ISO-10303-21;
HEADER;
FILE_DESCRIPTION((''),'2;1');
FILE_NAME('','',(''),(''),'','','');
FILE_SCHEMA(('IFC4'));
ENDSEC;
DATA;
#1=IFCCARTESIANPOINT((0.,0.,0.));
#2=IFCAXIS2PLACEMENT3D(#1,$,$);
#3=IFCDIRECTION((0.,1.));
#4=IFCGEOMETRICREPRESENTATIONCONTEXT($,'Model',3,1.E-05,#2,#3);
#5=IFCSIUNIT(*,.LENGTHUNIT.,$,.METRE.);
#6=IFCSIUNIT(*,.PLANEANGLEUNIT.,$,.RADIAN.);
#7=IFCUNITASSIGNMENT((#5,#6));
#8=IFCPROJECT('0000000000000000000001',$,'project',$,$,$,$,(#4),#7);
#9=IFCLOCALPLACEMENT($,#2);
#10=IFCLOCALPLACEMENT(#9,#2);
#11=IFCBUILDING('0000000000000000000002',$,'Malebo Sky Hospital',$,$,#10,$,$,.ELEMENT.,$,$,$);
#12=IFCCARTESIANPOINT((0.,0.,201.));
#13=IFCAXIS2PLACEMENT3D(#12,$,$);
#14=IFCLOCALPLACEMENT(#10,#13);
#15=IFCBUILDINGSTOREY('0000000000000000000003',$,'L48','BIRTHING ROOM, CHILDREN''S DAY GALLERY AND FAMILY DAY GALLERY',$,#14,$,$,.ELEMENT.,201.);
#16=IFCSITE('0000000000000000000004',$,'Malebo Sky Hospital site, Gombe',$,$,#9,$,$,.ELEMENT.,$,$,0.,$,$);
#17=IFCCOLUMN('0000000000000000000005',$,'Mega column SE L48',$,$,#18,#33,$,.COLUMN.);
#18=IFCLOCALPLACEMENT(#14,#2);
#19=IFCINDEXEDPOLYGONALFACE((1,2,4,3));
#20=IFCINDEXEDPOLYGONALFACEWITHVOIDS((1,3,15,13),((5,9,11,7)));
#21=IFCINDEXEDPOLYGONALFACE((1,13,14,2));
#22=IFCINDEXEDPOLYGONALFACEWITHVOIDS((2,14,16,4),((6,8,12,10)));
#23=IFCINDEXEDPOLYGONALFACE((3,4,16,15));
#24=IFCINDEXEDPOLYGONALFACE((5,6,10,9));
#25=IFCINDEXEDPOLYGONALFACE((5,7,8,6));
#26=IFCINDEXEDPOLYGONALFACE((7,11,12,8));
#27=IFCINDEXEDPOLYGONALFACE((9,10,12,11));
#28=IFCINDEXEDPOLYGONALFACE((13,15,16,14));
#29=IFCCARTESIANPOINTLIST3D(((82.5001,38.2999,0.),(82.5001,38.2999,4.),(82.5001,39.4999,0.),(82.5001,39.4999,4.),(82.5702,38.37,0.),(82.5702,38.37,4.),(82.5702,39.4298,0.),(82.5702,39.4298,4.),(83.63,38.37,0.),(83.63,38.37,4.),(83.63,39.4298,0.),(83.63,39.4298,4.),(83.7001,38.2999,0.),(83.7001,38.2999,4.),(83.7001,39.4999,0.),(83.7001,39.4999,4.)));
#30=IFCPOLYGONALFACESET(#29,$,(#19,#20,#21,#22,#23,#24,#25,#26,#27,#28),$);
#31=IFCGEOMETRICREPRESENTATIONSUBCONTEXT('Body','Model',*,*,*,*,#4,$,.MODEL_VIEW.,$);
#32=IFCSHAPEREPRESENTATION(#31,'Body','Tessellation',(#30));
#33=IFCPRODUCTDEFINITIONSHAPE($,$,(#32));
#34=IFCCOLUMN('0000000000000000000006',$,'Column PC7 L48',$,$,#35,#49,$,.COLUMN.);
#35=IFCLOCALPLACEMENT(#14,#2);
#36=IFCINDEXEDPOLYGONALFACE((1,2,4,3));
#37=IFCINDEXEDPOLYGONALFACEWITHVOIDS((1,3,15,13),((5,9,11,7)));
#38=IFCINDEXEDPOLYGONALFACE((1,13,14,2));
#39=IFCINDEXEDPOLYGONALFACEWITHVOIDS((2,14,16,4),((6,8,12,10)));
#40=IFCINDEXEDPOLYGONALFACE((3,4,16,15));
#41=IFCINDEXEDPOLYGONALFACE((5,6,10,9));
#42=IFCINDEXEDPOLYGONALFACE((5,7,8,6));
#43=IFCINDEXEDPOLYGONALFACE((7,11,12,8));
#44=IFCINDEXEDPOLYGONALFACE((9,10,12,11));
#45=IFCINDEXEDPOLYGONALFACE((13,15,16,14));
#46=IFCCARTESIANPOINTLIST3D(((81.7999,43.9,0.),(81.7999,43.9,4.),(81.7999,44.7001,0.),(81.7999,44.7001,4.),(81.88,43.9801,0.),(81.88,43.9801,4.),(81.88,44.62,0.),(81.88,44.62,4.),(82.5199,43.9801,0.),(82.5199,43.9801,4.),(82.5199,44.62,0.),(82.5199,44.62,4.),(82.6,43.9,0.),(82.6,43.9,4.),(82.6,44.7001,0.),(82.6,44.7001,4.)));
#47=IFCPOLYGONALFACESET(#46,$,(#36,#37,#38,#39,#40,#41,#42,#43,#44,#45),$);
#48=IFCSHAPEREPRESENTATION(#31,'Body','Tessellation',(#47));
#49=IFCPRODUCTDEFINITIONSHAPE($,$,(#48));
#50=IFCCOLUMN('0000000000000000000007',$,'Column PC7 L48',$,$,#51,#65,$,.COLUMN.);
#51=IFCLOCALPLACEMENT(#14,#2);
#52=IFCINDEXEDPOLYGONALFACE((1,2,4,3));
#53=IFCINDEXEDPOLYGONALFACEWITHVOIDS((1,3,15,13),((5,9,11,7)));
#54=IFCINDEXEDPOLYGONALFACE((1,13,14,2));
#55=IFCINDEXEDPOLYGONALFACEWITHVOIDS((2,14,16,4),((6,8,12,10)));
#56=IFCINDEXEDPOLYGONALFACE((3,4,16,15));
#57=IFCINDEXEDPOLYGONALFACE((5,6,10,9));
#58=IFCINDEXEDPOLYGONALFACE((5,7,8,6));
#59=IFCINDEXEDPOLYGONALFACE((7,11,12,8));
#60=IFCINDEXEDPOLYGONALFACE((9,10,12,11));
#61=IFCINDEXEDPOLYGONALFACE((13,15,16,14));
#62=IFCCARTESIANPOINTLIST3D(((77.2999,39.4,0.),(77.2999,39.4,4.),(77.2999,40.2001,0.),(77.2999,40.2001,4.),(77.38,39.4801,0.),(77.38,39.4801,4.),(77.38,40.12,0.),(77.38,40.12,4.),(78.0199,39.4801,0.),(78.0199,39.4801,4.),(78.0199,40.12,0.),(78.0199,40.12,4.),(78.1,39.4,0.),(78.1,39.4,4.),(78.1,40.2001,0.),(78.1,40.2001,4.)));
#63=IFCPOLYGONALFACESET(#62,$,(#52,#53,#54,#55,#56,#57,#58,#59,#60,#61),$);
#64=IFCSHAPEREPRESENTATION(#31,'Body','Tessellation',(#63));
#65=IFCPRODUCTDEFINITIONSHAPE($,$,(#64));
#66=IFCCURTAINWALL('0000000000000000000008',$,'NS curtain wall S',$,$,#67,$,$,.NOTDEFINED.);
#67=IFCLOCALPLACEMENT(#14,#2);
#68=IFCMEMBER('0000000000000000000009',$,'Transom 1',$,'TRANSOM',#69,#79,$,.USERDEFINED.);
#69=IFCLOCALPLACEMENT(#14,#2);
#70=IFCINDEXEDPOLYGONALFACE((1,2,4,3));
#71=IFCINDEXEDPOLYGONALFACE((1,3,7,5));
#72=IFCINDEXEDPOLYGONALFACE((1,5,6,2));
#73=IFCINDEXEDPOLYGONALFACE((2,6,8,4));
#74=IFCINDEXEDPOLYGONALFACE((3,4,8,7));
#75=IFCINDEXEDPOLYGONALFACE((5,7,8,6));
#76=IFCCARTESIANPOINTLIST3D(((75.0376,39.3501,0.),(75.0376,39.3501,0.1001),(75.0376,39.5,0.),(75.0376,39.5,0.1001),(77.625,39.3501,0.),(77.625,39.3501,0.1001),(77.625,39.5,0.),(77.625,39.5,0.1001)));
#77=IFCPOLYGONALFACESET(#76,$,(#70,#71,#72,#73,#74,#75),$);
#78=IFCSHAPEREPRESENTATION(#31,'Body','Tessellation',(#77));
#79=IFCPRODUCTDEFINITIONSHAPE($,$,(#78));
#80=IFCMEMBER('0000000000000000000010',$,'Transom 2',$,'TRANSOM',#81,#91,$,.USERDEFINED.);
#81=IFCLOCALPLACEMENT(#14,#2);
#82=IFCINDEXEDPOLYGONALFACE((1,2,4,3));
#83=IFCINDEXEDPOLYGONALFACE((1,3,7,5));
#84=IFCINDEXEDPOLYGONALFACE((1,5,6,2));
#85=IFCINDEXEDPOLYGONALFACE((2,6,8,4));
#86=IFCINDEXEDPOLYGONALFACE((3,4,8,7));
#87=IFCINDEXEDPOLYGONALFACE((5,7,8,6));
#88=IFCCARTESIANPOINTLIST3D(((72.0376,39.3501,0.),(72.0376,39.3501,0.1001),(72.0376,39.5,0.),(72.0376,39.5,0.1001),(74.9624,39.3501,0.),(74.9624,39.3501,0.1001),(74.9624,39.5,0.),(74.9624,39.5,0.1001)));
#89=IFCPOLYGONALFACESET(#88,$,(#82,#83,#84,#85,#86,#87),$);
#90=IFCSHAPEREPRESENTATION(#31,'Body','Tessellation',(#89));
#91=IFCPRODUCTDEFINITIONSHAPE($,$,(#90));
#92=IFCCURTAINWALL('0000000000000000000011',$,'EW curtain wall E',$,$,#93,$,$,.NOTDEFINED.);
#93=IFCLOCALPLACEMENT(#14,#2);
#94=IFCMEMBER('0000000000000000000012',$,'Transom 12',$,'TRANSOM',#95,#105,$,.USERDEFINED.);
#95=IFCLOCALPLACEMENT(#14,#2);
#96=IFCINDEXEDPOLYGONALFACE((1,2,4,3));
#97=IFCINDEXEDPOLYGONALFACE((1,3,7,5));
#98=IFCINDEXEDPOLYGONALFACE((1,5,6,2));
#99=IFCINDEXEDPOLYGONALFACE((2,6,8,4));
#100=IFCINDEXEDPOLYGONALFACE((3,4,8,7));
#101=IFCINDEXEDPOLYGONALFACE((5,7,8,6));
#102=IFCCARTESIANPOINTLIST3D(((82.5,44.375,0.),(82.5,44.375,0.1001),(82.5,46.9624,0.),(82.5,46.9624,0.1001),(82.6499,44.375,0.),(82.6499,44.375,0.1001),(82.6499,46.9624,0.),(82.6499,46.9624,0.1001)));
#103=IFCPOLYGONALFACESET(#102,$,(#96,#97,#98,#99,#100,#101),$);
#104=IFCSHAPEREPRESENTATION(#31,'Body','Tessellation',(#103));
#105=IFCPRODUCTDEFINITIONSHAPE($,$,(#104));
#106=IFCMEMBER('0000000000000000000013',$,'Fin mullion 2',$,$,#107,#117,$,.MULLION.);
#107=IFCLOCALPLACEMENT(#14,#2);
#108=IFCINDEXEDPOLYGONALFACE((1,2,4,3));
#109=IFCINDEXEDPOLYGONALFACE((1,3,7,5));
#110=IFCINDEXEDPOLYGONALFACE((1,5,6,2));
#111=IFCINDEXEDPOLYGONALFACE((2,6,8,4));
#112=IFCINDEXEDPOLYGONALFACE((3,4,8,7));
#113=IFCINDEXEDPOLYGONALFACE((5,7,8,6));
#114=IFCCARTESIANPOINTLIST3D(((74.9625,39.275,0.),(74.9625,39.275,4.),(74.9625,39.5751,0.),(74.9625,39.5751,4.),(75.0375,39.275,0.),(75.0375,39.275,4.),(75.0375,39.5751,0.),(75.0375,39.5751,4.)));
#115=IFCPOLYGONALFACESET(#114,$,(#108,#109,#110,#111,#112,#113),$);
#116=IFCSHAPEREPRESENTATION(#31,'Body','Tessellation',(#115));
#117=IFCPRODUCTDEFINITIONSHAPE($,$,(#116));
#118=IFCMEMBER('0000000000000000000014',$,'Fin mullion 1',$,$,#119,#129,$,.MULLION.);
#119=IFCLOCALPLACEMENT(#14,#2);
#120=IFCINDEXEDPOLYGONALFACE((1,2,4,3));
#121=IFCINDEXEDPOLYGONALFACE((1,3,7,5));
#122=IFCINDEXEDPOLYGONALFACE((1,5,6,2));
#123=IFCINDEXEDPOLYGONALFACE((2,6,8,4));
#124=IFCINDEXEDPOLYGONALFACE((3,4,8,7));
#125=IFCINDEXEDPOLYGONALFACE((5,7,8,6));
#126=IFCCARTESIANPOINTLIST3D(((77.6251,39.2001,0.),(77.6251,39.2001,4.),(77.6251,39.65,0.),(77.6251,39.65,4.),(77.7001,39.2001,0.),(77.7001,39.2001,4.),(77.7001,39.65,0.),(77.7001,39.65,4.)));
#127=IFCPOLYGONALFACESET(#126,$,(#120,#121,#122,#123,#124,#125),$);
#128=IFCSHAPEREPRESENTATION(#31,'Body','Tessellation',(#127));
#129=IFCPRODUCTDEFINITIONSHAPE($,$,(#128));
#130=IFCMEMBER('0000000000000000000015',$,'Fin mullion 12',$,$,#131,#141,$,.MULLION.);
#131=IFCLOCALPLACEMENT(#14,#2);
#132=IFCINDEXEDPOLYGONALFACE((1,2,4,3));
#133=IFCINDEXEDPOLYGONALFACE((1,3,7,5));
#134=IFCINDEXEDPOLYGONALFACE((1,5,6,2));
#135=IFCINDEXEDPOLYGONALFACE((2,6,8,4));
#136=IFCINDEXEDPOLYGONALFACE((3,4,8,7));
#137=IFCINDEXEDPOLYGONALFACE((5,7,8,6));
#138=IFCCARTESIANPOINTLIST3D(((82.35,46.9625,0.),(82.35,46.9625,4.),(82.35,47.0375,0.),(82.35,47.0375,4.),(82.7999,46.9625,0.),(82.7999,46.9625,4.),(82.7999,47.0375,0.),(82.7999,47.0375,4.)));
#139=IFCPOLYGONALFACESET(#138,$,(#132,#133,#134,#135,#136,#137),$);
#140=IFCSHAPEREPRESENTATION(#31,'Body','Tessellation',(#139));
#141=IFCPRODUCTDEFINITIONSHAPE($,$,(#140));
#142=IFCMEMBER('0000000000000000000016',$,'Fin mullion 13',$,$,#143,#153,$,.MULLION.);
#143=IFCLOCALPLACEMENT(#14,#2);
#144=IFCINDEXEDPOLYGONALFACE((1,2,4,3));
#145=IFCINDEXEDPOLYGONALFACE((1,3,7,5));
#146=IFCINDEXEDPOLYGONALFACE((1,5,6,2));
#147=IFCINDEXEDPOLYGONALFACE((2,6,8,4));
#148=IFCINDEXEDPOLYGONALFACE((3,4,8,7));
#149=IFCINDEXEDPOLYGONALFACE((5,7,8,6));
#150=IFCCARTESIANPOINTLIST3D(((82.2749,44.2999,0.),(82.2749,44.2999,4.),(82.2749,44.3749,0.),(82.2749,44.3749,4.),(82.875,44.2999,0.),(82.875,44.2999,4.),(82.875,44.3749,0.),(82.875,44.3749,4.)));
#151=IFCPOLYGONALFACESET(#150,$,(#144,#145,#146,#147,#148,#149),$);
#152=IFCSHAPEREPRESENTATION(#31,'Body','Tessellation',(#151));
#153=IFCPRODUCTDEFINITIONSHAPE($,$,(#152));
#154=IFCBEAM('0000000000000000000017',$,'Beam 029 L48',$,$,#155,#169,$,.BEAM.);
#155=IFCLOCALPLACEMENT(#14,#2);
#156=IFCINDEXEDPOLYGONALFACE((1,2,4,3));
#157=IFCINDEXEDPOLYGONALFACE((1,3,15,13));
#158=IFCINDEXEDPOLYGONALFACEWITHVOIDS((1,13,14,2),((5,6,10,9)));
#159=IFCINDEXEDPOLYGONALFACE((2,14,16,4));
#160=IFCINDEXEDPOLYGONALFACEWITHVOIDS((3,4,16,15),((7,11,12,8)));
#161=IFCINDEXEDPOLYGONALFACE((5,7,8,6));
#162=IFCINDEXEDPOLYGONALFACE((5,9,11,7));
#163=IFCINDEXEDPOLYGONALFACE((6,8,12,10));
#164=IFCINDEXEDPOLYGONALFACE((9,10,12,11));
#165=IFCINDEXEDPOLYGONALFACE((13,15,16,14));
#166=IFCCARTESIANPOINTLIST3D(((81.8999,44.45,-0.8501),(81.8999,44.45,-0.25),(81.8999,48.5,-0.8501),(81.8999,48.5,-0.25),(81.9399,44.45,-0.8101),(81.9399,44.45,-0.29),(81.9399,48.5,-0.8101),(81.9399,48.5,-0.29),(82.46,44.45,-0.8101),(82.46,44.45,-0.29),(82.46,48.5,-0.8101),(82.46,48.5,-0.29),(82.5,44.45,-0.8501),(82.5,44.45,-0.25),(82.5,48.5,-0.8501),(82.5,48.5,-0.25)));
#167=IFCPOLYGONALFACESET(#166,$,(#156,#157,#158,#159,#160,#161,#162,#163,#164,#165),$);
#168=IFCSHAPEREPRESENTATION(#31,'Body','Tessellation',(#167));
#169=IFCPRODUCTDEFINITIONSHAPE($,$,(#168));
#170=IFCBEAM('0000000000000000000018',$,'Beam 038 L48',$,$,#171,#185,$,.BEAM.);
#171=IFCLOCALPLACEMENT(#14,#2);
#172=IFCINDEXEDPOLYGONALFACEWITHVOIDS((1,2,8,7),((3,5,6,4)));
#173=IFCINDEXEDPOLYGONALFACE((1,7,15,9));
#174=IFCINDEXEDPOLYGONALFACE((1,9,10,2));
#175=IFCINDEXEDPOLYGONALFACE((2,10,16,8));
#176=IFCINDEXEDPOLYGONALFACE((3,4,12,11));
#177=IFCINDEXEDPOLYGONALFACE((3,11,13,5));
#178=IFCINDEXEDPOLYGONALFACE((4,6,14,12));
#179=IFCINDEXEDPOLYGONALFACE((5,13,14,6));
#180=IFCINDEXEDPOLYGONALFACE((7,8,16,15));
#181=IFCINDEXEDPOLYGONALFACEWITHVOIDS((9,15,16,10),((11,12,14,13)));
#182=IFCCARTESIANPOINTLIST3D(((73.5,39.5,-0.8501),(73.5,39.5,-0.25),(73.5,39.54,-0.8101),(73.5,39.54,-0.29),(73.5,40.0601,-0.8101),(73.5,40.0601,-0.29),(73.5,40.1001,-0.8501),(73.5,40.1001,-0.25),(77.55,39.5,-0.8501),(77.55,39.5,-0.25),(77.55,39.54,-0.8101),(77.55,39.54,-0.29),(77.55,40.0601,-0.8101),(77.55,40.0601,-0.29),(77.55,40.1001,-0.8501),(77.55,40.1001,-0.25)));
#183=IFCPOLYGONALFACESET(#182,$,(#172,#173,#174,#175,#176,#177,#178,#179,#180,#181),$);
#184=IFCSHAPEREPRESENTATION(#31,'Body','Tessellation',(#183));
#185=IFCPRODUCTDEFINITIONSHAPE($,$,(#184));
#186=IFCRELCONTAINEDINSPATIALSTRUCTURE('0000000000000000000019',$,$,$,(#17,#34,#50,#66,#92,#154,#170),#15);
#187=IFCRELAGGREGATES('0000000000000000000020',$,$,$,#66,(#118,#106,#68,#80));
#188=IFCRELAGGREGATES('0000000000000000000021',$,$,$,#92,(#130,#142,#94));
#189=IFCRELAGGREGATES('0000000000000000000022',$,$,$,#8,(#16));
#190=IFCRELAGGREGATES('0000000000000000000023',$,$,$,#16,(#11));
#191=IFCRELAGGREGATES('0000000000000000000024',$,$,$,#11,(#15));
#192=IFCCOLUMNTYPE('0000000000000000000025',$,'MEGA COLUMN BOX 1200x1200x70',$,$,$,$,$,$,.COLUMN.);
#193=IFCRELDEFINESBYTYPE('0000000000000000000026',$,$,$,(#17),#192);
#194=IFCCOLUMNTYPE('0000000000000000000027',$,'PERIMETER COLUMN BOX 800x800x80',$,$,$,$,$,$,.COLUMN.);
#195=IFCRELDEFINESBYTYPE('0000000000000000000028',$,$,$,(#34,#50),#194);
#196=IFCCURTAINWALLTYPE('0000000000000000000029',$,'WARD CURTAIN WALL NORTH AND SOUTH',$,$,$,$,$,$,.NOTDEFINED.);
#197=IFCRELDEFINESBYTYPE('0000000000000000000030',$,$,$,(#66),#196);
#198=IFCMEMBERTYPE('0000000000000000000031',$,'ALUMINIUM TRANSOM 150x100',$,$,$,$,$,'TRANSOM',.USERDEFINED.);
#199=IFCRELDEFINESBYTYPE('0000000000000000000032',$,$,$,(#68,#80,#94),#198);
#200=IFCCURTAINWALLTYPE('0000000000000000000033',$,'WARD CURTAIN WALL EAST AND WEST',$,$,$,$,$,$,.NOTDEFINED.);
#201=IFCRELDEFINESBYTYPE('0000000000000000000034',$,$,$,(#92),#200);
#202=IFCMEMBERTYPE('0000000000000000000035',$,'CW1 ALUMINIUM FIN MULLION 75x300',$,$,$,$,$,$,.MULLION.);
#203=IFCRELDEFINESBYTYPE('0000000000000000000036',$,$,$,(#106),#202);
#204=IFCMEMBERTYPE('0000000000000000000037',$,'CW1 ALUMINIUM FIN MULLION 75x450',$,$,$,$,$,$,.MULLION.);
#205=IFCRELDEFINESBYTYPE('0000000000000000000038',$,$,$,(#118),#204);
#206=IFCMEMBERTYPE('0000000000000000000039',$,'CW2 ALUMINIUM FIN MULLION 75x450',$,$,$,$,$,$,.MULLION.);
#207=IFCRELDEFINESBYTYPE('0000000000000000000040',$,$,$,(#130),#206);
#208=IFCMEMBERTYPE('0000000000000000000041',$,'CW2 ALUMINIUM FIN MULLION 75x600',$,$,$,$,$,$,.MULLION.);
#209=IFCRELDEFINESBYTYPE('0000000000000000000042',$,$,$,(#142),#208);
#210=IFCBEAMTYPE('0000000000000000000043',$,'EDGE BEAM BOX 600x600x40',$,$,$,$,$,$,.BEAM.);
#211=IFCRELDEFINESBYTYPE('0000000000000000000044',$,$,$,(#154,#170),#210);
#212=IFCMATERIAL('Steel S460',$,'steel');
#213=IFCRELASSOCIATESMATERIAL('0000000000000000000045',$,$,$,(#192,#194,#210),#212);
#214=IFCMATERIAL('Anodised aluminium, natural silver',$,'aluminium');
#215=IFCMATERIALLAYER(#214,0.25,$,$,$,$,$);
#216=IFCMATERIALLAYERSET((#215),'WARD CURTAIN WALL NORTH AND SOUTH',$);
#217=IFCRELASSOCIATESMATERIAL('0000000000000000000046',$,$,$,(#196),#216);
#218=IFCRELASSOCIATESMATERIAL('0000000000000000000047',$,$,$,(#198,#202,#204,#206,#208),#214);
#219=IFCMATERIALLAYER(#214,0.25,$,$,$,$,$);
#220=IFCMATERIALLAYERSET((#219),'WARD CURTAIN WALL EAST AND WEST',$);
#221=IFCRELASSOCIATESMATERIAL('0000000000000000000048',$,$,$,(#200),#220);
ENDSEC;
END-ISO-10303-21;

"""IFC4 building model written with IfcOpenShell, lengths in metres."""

from ifc_helpers import new_model, si_unit, direction, frame, origin, origin_2d, place, context, subcontext, project, spatial, rectangle, hollow_rectangle, extrude, material, layer, layer_set, material_profile, profile_set, type_object, element, aggregate, save


model = new_model("IFC4")

# Units and contexts
model_context = context("Model", 3, precision=1e-05, world=origin(), true_north=direction((0.0, 1.0)))
body_context = subcontext(model_context, "Body", "Model", "MODEL_VIEW")
ifc_project = project(units=[si_unit("LENGTHUNIT", "METRE"), si_unit("PLANEANGLEUNIT", "RADIAN")], contexts=[model_context])

# Site, building, storey
site_placement = place(None, origin())
site = spatial("IfcSite", under=ifc_project, at=site_placement, Name="Malebo Sky Hospital site, Gombe", CompositionType="ELEMENT", RefElevation=0.0)
building_placement = place(site_placement, origin())
building = spatial("IfcBuilding", under=site, at=building_placement, Name="Malebo Sky Hospital", CompositionType="ELEMENT")
storey_placement = place(building_placement, frame((0.0, 0.0, 201.0)))
storey = spatial("IfcBuildingStorey", under=building, at=storey_placement, Name="L48", Description="BIRTHING ROOM, CHILDREN'S DAY GALLERY AND FAMILY DAY GALLERY", CompositionType="ELEMENT", Elevation=201.0)

# Columns
ifc_material_1 = material(Name="Steel S460", Category="steel")
ifc_material_profile_1 = material_profile(ifc_material_1, hollow_rectangle(XDim=1.2, YDim=1.2, WallThickness=0.0701, at=origin_2d()), Name="BOX 1200x1200x70")
ifc_profile_set_1 = profile_set([ifc_material_profile_1], Name="Steel S460")
column_type_1 = type_object("IfcColumnType", Name="MEGA COLUMN BOX 1200x1200x70", PredefinedType="COLUMN", material=ifc_profile_set_1)
column_placement = place(storey_placement, frame((83.1001, 38.8999, 0.0), z_axis=(0.0, 0.0, 1.0), x_axis=(1.0, 0.0, 0.0)))
element("IfcColumn", 1, at=column_placement, inside=storey, type_object=column_type_1, Name="Mega column SE L48", PredefinedType="COLUMN", context=body_context, shape_type="SweptSolid", body=[
    extrude(hollow_rectangle(XDim=1.2, YDim=1.2, WallThickness=0.0701, at=origin_2d()), origin(), (0.0, 0.0, 1.0), 4.0),
])
ifc_material_profile_2 = material_profile(ifc_material_1, hollow_rectangle(XDim=0.8, YDim=0.8, WallThickness=0.0801, at=origin_2d()), Name="BOX 800x800x80")
ifc_profile_set_2 = profile_set([ifc_material_profile_2], Name="Steel S460")
column_type_2 = type_object("IfcColumnType", Name="PERIMETER COLUMN BOX 800x800x80", PredefinedType="COLUMN", material=ifc_profile_set_2)
for number, where, z_axis, x_axis, name in (
    (2, (82.2, 44.3, 0.0), (0.0, 0.0, 1.0), (1.0, 0.0, 0.0), "Column PC7 L48"),
    (3, (77.7, 39.8, 0.0), (0.0, 0.0, 1.0), (1.0, 0.0, 0.0), "Column PC7 L48"),
):
    element("IfcColumn", number, at=place(storey_placement, frame(where, z_axis=z_axis, x_axis=x_axis)), inside=storey, type_object=column_type_2, Name=name, PredefinedType="COLUMN", context=body_context, shape_type="SweptSolid", body=[
        extrude(hollow_rectangle(XDim=0.8, YDim=0.8, WallThickness=0.0801, at=origin_2d()), origin(), (0.0, 0.0, 1.0), 4.0),
    ])

# Curtain wall, members
ifc_material_2 = material(Name="Anodised aluminium, natural silver", Category="aluminium")
ifc_layer_1 = layer(ifc_material_2, 0.25)
ifc_layer_set_1 = layer_set([ifc_layer_1], Name="WARD CURTAIN WALL NORTH AND SOUTH")
curtain_wall_type_1 = type_object("IfcCurtainWallType", Name="WARD CURTAIN WALL NORTH AND SOUTH", PredefinedType="NOTDEFINED", material=ifc_layer_set_1)
curtain_wall_1_placement = place(storey_placement, origin())
curtain_wall_1 = element("IfcCurtainWall", 4, at=curtain_wall_1_placement, inside=storey, type_object=curtain_wall_type_1, Name="NS curtain wall S", PredefinedType="NOTDEFINED")
ifc_material_profile_3 = material_profile(ifc_material_2, rectangle(XDim=0.1499, YDim=0.1001, at=origin_2d()), Name="ALUMINIUM TRANSOM 150x100")
ifc_profile_set_3 = profile_set([ifc_material_profile_3], Name="Anodised aluminium, natural silver")
member_type_1 = type_object("IfcMemberType", Name="ALUMINIUM TRANSOM 150x100", ElementType="TRANSOM", PredefinedType="USERDEFINED", material=ifc_profile_set_3)
member_1_placement = place(storey_placement, frame((77.625, 39.425, 0.05), z_axis=(-1.0, 0.0, 0.0), x_axis=(0.0, -1.0, 0.0)))
member_1 = element("IfcMember", 5, at=member_1_placement, type_object=member_type_1, Name="Transom 1", ObjectType="TRANSOM", PredefinedType="USERDEFINED", context=body_context, shape_type="SweptSolid", body=[
    extrude(rectangle(XDim=0.1499, YDim=0.1001, at=origin_2d()), origin(), (0.0, 0.0, 1.0), 2.5874),
])
member_2_placement = place(storey_placement, frame((74.9624, 39.425, 0.05), z_axis=(-1.0, 0.0, 0.0), x_axis=(0.0, -1.0, 0.0)))
member_2 = element("IfcMember", 6, at=member_2_placement, type_object=member_type_1, Name="Transom 2", ObjectType="TRANSOM", PredefinedType="USERDEFINED", context=body_context, shape_type="SweptSolid", body=[
    extrude(rectangle(XDim=0.1499, YDim=0.1001, at=origin_2d()), origin(), (0.0, 0.0, 1.0), 2.9248),
])

# Curtain wall, member
ifc_layer_2 = layer(ifc_material_2, 0.25)
ifc_layer_set_2 = layer_set([ifc_layer_2], Name="WARD CURTAIN WALL EAST AND WEST")
curtain_wall_type_2 = type_object("IfcCurtainWallType", Name="WARD CURTAIN WALL EAST AND WEST", PredefinedType="NOTDEFINED", material=ifc_layer_set_2)
curtain_wall_2_placement = place(storey_placement, origin())
curtain_wall_2 = element("IfcCurtainWall", 7, at=curtain_wall_2_placement, inside=storey, type_object=curtain_wall_type_2, Name="EW curtain wall E", PredefinedType="NOTDEFINED")
member_3_placement = place(storey_placement, frame((82.575, 46.9624, 0.05), z_axis=(0.0, -1.0, 0.0), x_axis=(1.0, 0.0, 0.0)))
member_3 = element("IfcMember", 8, at=member_3_placement, type_object=member_type_1, Name="Transom 12", ObjectType="TRANSOM", PredefinedType="USERDEFINED", context=body_context, shape_type="SweptSolid", body=[
    extrude(rectangle(XDim=0.1499, YDim=0.1001, at=origin_2d()), origin(), (0.0, 0.0, 1.0), 2.5874),
])

# Members
ifc_material_profile_4 = material_profile(ifc_material_2, rectangle(XDim=0.075, YDim=0.3, at=origin_2d()), Name="CW1 ALUMINIUM FIN MULLION 75x300")
ifc_profile_set_4 = profile_set([ifc_material_profile_4], Name="Anodised aluminium, natural silver")
member_type_2 = type_object("IfcMemberType", Name="CW1 ALUMINIUM FIN MULLION 75x300", PredefinedType="MULLION", material=ifc_profile_set_4)
member_4_placement = place(storey_placement, frame((75.0, 39.425, 0.0), z_axis=(0.0, 0.0, 1.0), x_axis=(-1.0, 0.0, 0.0)))
member_4 = element("IfcMember", 9, at=member_4_placement, type_object=member_type_2, Name="Fin mullion 2", PredefinedType="MULLION", context=body_context, shape_type="SweptSolid", body=[
    extrude(rectangle(XDim=0.075, YDim=0.3, at=origin_2d()), origin(), (0.0, 0.0, 1.0), 4.0),
])
ifc_material_profile_5 = material_profile(ifc_material_2, rectangle(XDim=0.075, YDim=0.45, at=origin_2d()), Name="CW1 ALUMINIUM FIN MULLION 75x450")
ifc_profile_set_5 = profile_set([ifc_material_profile_5], Name="Anodised aluminium, natural silver")
member_type_3 = type_object("IfcMemberType", Name="CW1 ALUMINIUM FIN MULLION 75x450", PredefinedType="MULLION", material=ifc_profile_set_5)
member_5_placement = place(storey_placement, frame((77.6626, 39.425, 0.0), z_axis=(0.0, 0.0, 1.0), x_axis=(-1.0, 0.0, 0.0)))
member_5 = element("IfcMember", 10, at=member_5_placement, type_object=member_type_3, Name="Fin mullion 1", PredefinedType="MULLION", context=body_context, shape_type="SweptSolid", body=[
    extrude(rectangle(XDim=0.075, YDim=0.45, at=origin_2d()), origin(), (0.0, 0.0, 1.0), 4.0),
])
ifc_material_profile_6 = material_profile(ifc_material_2, rectangle(XDim=0.075, YDim=0.45, at=origin_2d()), Name="CW2 ALUMINIUM FIN MULLION 75x450")
ifc_profile_set_6 = profile_set([ifc_material_profile_6], Name="Anodised aluminium, natural silver")
member_type_4 = type_object("IfcMemberType", Name="CW2 ALUMINIUM FIN MULLION 75x450", PredefinedType="MULLION", material=ifc_profile_set_6)
member_6_placement = place(storey_placement, frame((82.575, 47.0, 0.0), z_axis=(0.0, 0.0, 1.0), x_axis=(0.0, -1.0, 0.0)))
member_6 = element("IfcMember", 11, at=member_6_placement, type_object=member_type_4, Name="Fin mullion 12", PredefinedType="MULLION", context=body_context, shape_type="SweptSolid", body=[
    extrude(rectangle(XDim=0.075, YDim=0.45, at=origin_2d()), origin(), (0.0, 0.0, 1.0), 4.0),
])
ifc_material_profile_7 = material_profile(ifc_material_2, rectangle(XDim=0.075, YDim=0.6001, at=origin_2d()), Name="CW2 ALUMINIUM FIN MULLION 75x600")
ifc_profile_set_7 = profile_set([ifc_material_profile_7], Name="Anodised aluminium, natural silver")
member_type_5 = type_object("IfcMemberType", Name="CW2 ALUMINIUM FIN MULLION 75x600", PredefinedType="MULLION", material=ifc_profile_set_7)
member_7_placement = place(storey_placement, frame((82.575, 44.3374, 0.0), z_axis=(0.0, 0.0, 1.0), x_axis=(0.0, -1.0, 0.0)))
member_7 = element("IfcMember", 12, at=member_7_placement, type_object=member_type_5, Name="Fin mullion 13", PredefinedType="MULLION", context=body_context, shape_type="SweptSolid", body=[
    extrude(rectangle(XDim=0.075, YDim=0.6001, at=origin_2d()), origin(), (0.0, 0.0, 1.0), 4.0),
])

# Beams
ifc_material_profile_8 = material_profile(ifc_material_1, hollow_rectangle(XDim=0.6001, YDim=0.6001, WallThickness=0.04, at=origin_2d()), Name="BOX 600x600x40")
ifc_profile_set_8 = profile_set([ifc_material_profile_8], Name="Steel S460")
beam_type_1 = type_object("IfcBeamType", Name="EDGE BEAM BOX 600x600x40", PredefinedType="BEAM", material=ifc_profile_set_8)
for number, where, z_axis, x_axis, name in (
    (13, (82.2, 44.45, -0.55), (0.0, 1.0, 0.0), (-1.0, 0.0, 0.0), "Beam 029 L48"),
    (14, (73.5, 39.8, -0.55), (1.0, 0.0, 0.0), (0.0, 1.0, 0.0), "Beam 038 L48"),
):
    element("IfcBeam", number, at=place(storey_placement, frame(where, z_axis=z_axis, x_axis=x_axis)), inside=storey, type_object=beam_type_1, Name=name, PredefinedType="BEAM", context=body_context, shape_type="SweptSolid", body=[
        extrude(hollow_rectangle(XDim=0.6001, YDim=0.6001, WallThickness=0.04, at=origin_2d()), origin(), (0.0, 0.0, 1.0), 4.05),
    ])

aggregate(curtain_wall_1, [member_5, member_4, member_1, member_2])
aggregate(curtain_wall_2, [member_6, member_7, member_3])

save(model, "model.ifc")
